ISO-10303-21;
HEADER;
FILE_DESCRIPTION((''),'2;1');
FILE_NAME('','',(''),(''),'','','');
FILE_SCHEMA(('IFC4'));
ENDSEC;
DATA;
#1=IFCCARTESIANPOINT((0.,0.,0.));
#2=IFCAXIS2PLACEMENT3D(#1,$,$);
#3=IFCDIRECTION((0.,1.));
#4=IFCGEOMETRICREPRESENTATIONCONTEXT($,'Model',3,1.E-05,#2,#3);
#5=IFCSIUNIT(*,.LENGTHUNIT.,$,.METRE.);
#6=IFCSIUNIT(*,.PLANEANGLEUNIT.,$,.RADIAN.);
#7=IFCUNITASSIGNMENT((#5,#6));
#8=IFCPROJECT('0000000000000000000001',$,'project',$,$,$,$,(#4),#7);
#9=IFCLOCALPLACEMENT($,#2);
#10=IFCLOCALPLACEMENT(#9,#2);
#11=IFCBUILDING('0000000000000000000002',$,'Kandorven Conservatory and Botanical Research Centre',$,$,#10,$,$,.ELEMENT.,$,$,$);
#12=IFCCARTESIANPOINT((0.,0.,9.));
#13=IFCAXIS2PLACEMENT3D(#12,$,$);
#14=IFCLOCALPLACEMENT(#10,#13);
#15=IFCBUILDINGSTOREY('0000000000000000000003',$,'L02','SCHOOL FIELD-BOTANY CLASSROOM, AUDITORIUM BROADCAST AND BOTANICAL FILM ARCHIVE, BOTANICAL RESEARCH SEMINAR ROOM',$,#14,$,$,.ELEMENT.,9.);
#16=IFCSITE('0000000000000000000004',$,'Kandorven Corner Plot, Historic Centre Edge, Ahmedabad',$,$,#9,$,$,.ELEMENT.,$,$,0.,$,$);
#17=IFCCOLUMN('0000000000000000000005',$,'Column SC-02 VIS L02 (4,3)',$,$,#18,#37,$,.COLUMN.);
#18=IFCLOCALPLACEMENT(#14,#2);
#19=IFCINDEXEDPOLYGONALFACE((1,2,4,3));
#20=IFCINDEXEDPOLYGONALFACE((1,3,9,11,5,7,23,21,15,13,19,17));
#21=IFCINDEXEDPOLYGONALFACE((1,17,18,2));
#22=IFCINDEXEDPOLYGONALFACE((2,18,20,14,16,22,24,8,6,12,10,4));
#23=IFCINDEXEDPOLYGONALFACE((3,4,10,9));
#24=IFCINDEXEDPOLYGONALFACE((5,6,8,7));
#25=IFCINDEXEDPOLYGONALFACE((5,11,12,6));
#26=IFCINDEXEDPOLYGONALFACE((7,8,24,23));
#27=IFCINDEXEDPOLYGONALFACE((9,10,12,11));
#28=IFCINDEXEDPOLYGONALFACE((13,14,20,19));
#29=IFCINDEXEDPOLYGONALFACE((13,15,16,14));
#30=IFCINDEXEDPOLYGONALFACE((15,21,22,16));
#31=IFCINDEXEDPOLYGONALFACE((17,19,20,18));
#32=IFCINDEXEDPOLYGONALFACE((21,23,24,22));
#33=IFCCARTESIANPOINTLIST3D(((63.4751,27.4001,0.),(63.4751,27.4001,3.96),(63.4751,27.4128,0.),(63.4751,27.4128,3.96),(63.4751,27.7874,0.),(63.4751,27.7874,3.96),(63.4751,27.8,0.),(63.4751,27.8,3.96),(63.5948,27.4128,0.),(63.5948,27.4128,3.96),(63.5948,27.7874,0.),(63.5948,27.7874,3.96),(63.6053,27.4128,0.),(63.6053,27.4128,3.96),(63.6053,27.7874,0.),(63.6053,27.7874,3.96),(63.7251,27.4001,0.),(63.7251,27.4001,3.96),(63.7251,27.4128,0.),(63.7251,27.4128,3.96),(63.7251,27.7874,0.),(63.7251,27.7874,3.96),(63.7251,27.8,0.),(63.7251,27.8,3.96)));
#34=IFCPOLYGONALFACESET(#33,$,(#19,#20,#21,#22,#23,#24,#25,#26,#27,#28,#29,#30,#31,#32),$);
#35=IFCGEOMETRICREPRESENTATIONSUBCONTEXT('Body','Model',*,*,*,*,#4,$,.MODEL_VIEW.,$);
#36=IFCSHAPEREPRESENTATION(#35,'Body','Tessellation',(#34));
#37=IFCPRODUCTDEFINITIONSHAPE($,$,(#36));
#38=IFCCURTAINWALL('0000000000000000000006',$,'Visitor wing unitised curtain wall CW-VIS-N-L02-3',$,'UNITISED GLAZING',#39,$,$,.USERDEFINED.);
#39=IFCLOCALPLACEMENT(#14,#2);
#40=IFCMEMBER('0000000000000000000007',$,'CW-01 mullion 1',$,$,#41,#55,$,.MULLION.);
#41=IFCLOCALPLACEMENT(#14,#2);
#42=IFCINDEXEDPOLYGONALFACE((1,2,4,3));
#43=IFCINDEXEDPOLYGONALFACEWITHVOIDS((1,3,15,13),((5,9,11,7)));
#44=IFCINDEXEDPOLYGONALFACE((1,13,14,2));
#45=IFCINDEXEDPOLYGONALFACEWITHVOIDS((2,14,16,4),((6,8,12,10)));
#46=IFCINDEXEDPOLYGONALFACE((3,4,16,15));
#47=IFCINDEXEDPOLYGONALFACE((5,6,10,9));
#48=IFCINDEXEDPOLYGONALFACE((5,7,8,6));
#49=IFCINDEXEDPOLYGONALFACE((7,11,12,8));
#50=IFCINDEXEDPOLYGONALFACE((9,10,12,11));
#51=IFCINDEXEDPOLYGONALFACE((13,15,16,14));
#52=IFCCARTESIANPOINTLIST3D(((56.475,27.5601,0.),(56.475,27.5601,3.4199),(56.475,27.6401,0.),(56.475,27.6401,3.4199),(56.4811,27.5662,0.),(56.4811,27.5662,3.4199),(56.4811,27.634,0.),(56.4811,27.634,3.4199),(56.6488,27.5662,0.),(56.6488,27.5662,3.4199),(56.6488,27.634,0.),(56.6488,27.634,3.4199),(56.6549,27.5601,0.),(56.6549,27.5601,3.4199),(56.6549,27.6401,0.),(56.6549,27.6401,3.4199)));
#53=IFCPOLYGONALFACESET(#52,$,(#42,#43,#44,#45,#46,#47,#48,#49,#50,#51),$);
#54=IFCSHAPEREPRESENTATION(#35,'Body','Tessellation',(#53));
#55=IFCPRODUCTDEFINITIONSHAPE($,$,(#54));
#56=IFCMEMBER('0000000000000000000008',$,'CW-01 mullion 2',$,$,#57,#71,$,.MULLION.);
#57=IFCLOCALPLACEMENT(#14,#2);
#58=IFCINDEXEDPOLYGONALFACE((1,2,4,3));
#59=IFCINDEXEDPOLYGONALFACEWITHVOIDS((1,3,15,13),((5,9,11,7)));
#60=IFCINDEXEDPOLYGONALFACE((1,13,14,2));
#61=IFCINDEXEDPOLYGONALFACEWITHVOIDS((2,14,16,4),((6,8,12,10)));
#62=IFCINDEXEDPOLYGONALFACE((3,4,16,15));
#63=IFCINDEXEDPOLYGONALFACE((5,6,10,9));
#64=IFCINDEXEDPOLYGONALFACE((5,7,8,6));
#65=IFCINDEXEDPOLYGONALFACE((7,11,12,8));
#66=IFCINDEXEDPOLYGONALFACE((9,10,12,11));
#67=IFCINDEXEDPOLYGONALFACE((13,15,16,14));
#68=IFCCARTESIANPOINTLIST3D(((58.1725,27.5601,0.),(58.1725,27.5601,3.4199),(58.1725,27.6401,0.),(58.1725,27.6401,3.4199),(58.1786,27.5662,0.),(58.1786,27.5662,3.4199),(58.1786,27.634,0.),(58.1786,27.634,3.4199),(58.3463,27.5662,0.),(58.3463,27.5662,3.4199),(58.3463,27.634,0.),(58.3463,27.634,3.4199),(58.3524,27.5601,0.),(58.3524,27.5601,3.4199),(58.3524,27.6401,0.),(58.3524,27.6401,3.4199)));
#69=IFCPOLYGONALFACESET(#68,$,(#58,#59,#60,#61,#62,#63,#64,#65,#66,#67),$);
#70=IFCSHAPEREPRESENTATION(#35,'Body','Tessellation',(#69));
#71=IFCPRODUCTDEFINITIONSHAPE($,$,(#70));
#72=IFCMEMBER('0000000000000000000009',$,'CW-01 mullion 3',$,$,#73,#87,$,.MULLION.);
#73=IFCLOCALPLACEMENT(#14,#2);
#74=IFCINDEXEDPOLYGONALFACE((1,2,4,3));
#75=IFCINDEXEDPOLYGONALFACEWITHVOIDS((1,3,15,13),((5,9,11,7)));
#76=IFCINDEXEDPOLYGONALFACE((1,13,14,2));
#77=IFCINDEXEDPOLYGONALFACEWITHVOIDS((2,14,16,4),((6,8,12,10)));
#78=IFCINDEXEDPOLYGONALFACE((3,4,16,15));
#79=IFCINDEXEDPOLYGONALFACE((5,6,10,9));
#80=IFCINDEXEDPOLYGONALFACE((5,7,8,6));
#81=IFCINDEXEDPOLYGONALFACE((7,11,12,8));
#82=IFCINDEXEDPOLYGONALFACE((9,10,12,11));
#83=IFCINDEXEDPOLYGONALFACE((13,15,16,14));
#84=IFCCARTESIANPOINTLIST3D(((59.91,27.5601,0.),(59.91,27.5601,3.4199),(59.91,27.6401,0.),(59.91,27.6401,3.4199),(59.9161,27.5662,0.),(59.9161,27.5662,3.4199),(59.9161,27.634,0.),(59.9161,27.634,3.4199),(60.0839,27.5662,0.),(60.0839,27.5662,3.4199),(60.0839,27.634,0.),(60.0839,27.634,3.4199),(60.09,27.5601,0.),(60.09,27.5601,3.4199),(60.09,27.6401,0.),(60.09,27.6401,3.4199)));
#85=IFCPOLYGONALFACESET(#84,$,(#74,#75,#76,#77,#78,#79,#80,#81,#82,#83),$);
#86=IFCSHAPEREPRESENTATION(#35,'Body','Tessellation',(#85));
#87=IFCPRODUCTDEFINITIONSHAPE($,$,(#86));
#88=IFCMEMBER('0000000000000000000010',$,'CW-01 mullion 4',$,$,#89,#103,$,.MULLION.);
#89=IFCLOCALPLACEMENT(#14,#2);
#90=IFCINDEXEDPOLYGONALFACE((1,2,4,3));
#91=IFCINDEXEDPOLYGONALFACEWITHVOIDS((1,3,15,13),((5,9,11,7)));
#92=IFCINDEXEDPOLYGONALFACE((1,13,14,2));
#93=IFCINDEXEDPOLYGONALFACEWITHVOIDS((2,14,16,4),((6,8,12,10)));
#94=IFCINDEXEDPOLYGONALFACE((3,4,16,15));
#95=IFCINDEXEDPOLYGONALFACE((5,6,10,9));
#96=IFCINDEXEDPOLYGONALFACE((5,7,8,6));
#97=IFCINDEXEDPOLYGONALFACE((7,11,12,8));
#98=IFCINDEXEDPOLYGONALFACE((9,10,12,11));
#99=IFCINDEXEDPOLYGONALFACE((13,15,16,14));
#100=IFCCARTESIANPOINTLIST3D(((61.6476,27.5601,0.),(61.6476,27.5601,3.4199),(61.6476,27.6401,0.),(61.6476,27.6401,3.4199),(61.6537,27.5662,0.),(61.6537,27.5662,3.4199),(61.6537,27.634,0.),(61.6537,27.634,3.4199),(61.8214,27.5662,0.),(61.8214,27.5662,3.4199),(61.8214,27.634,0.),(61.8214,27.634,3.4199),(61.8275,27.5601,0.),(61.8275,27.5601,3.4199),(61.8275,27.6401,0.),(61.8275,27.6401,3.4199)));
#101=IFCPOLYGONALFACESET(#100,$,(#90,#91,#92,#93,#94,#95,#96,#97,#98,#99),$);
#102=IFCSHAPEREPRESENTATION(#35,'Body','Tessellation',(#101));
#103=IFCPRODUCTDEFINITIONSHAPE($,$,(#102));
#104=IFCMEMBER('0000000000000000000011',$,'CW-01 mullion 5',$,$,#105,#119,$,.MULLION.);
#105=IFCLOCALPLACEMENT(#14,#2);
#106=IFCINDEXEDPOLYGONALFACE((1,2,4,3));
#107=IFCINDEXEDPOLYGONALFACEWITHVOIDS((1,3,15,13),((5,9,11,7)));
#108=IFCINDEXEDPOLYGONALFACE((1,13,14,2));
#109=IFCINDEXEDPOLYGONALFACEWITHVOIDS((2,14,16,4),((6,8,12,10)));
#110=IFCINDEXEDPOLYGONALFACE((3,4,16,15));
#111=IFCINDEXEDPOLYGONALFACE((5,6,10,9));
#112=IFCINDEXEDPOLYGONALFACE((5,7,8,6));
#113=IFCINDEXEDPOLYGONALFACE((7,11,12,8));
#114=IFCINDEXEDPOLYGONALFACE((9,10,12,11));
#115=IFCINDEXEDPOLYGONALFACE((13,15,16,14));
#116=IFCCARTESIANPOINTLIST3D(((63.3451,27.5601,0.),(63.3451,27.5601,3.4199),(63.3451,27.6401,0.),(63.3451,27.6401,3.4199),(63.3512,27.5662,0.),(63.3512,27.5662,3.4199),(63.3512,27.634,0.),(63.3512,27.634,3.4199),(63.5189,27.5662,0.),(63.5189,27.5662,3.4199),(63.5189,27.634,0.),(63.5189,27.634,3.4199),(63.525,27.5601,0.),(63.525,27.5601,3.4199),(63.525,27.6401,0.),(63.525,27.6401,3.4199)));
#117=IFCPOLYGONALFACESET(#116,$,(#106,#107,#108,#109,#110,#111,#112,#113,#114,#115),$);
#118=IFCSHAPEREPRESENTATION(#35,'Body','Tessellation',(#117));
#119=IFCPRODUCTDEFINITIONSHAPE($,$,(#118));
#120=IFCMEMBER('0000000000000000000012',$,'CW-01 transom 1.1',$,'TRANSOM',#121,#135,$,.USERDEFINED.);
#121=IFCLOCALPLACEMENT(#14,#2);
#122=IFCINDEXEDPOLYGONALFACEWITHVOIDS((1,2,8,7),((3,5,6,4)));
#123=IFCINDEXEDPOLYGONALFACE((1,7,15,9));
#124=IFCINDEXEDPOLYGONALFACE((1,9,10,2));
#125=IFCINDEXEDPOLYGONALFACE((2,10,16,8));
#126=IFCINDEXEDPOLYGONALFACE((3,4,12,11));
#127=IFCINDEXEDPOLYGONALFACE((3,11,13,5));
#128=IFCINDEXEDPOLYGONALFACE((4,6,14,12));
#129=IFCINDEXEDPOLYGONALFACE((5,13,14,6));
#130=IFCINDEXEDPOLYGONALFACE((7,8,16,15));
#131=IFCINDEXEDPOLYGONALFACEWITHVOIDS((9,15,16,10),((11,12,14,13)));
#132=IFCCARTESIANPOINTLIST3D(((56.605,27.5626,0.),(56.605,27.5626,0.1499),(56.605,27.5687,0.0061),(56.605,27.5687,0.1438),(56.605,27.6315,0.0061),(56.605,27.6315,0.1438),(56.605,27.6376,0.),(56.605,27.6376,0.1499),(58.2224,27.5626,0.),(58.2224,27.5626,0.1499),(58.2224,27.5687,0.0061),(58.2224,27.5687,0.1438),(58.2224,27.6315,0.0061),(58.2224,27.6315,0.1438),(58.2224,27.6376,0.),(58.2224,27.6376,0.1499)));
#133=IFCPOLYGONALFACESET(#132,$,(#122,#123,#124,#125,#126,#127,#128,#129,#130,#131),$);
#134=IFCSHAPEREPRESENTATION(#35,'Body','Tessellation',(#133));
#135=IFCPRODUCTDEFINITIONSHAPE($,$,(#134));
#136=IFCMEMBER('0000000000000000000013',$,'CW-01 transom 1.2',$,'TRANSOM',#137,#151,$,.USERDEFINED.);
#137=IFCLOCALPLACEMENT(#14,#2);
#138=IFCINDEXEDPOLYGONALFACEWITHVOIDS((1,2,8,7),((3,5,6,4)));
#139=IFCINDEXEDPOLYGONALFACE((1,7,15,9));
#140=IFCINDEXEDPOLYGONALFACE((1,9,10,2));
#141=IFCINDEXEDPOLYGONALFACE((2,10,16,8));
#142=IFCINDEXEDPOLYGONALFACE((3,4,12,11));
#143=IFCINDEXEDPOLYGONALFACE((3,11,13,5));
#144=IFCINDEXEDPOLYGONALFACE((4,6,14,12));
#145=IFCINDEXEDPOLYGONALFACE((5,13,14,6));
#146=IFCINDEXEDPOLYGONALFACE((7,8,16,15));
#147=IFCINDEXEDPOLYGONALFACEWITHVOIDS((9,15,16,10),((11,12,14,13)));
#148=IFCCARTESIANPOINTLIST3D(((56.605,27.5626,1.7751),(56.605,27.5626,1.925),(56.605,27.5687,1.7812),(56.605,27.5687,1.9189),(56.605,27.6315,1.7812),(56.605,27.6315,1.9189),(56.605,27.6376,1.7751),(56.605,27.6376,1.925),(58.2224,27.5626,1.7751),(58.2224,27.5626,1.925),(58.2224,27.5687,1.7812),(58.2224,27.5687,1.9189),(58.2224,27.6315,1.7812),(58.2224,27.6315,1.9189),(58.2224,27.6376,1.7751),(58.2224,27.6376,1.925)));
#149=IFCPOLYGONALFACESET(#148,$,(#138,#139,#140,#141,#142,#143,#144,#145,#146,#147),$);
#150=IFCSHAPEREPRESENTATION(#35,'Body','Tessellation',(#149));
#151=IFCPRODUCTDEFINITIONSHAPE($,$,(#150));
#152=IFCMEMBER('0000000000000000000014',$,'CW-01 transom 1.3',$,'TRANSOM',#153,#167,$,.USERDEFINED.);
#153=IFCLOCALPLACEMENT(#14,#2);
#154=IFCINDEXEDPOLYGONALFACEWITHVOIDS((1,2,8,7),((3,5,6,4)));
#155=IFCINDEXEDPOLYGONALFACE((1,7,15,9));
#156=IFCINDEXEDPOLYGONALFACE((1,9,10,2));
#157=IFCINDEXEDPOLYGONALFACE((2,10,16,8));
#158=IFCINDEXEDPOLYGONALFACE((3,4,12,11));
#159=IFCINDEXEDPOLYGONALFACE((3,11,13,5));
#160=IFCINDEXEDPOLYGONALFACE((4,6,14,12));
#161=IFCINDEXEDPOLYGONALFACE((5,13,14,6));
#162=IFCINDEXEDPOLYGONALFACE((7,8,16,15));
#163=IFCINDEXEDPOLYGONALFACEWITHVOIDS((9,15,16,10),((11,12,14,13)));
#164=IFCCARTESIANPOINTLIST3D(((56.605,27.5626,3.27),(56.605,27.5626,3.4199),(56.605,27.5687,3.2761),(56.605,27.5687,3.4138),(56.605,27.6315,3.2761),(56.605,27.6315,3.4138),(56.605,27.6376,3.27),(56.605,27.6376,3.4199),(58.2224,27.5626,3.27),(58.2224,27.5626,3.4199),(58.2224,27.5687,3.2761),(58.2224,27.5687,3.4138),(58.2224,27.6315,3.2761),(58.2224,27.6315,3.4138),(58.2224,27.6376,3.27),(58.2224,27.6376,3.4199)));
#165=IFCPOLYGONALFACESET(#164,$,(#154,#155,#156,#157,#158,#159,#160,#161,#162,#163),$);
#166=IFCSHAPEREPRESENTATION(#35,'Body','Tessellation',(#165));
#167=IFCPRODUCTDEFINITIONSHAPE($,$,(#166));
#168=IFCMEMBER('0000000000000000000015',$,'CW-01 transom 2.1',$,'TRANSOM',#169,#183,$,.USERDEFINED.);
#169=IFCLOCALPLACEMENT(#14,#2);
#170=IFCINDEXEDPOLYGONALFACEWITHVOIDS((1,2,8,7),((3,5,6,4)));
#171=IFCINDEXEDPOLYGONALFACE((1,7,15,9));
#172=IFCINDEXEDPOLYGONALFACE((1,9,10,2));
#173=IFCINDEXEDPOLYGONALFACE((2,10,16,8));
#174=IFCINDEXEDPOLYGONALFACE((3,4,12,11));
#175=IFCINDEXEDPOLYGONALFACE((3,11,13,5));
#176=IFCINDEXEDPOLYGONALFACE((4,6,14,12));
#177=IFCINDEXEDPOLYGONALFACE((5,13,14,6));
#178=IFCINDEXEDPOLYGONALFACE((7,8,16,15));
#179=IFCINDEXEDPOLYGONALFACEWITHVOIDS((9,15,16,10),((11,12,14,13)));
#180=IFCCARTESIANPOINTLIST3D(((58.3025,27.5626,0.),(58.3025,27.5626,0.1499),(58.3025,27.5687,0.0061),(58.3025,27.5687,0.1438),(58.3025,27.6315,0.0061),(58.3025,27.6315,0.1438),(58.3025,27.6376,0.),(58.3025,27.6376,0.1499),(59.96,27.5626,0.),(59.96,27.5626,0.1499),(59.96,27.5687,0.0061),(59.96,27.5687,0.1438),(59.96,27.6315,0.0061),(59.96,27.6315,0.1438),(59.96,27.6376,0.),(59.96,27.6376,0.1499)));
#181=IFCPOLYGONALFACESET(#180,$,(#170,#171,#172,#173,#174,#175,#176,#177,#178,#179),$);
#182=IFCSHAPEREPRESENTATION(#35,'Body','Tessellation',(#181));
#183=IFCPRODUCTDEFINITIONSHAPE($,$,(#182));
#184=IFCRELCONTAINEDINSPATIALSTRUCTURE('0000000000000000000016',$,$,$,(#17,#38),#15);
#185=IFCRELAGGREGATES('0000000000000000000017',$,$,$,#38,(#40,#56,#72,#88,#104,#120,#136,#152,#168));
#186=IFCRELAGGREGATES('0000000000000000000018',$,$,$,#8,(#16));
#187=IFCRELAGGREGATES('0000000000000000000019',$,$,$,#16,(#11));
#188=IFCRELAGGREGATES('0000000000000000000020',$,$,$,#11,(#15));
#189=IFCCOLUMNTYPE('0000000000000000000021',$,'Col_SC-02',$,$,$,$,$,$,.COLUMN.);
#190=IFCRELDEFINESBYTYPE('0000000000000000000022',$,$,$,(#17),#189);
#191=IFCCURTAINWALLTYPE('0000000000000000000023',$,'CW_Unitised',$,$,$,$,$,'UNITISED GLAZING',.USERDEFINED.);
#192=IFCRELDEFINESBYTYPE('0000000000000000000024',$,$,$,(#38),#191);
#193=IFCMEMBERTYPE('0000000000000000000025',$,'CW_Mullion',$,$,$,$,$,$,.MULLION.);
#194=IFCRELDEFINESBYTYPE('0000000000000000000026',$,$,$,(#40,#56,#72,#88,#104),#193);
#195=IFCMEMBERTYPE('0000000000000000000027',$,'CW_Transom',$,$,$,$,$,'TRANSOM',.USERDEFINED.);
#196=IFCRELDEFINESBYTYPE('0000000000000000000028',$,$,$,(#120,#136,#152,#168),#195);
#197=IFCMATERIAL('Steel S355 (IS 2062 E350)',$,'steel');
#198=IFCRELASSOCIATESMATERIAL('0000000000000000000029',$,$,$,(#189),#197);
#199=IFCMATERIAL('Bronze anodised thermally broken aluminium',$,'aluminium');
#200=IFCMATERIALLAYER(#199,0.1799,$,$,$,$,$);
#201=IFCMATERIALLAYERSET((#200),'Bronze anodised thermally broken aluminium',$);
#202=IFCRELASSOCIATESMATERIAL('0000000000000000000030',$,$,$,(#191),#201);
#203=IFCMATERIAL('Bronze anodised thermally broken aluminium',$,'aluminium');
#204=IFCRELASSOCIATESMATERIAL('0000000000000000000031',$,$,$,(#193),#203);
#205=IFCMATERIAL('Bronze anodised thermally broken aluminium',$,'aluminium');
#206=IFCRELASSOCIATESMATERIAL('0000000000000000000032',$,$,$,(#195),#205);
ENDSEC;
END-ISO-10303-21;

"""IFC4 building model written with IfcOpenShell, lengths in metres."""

from ifc_helpers import new_model, si_unit, direction, frame, origin, origin_2d, place, context, subcontext, project, spatial, hollow_rectangle, i_section, extrude, material, layer, layer_set, material_profile, profile_set, type_object, element, aggregate, save


model = new_model("IFC4")

# Units and contexts
model_context = context("Model", 3, precision=1e-05, world=origin(), true_north=direction((0.0, 1.0)))
body_context = subcontext(model_context, "Body", "Model", "MODEL_VIEW")
ifc_project = project(units=[si_unit("LENGTHUNIT", "METRE"), si_unit("PLANEANGLEUNIT", "RADIAN")], contexts=[model_context])

# Site, building, storey
site_placement = place(None, origin())
site = spatial("IfcSite", under=ifc_project, at=site_placement, Name="Kandorven Corner Plot, Historic Centre Edge, Ahmedabad", CompositionType="ELEMENT", RefElevation=0.0)
building_placement = place(site_placement, origin())
building = spatial("IfcBuilding", under=site, at=building_placement, Name="Kandorven Conservatory and Botanical Research Centre", CompositionType="ELEMENT")
storey_placement = place(building_placement, frame((0.0, 0.0, 9.0)))
storey = spatial("IfcBuildingStorey", under=building, at=storey_placement, Name="L02", Description="SCHOOL FIELD-BOTANY CLASSROOM, AUDITORIUM BROADCAST AND BOTANICAL FILM ARCHIVE, BOTANICAL RESEARCH SEMINAR ROOM", CompositionType="ELEMENT", Elevation=9.0)

# Column
ifc_material_1 = material(Name="Steel S355 (IS 2062 E350)", Category="steel")
ifc_material_profile_1 = material_profile(ifc_material_1, i_section(OverallWidth=0.25, OverallDepth=0.3999, WebThickness=0.0105, FlangeThickness=0.0127, at=origin_2d()))
ifc_profile_set_1 = profile_set([ifc_material_profile_1], Name="Steel S355 (IS 2062 E350)")
column_type = type_object("IfcColumnType", Name="Col_SC-02", PredefinedType="COLUMN", material=ifc_profile_set_1)
column_placement = place(storey_placement, frame((63.6001, 27.6001, 0.0), z_axis=(0.0, 0.0, 1.0), x_axis=(1.0, 0.0, 0.0)))
element("IfcColumn", 1, at=column_placement, inside=storey, type_object=column_type, Name="Column SC-02 VIS L02 (4,3)", PredefinedType="COLUMN", context=body_context, shape_type="SweptSolid", body=[
    extrude(i_section(OverallWidth=0.25, OverallDepth=0.3999, WebThickness=0.0105, FlangeThickness=0.0127, at=origin_2d()), origin(), (0.0, 0.0, 1.0), 3.96),
])

# Curtain wall, members
ifc_material_2 = material(Name="Bronze anodised thermally broken aluminium", Category="aluminium")
ifc_layer_1 = layer(ifc_material_2, 0.1799)
ifc_layer_set_1 = layer_set([ifc_layer_1], Name="Bronze anodised thermally broken aluminium")
curtain_wall_type = type_object("IfcCurtainWallType", Name="CW_Unitised", ElementType="UNITISED GLAZING", PredefinedType="USERDEFINED", material=ifc_layer_set_1)
curtain_wall_placement = place(storey_placement, origin())
curtain_wall = element("IfcCurtainWall", 2, at=curtain_wall_placement, inside=storey, type_object=curtain_wall_type, Name="Visitor wing unitised curtain wall CW-VIS-N-L02-3", ObjectType="UNITISED GLAZING", PredefinedType="USERDEFINED")
ifc_material_3 = material(Name="Bronze anodised thermally broken aluminium", Category="aluminium")
ifc_material_profile_2 = material_profile(ifc_material_3, hollow_rectangle(XDim=0.0801, YDim=0.1799, WallThickness=0.0061, at=origin_2d()))
ifc_profile_set_2 = profile_set([ifc_material_profile_2], Name="Bronze anodised thermally broken aluminium")
member_type_1 = type_object("IfcMemberType", Name="CW_Mullion", PredefinedType="MULLION", material=ifc_profile_set_2)
member_1_placement = place(storey_placement, frame((56.5649, 27.6001, 0.0), z_axis=(0.0, 0.0, 1.0), x_axis=(0.0, 1.0, 0.0)))
member_1 = element("IfcMember", 3, at=member_1_placement, type_object=member_type_1, Name="CW-01 mullion 1", PredefinedType="MULLION", context=body_context, shape_type="SweptSolid", body=[
    extrude(hollow_rectangle(XDim=0.0801, YDim=0.1799, WallThickness=0.0061, at=origin_2d()), origin(), (0.0, 0.0, 1.0), 3.4199),
])
member_2_placement = place(storey_placement, frame((58.2625, 27.6001, 0.0), z_axis=(0.0, 0.0, 1.0), x_axis=(0.0, 1.0, 0.0)))
member_2 = element("IfcMember", 4, at=member_2_placement, type_object=member_type_1, Name="CW-01 mullion 2", PredefinedType="MULLION", context=body_context, shape_type="SweptSolid", body=[
    extrude(hollow_rectangle(XDim=0.0801, YDim=0.1799, WallThickness=0.0061, at=origin_2d()), origin(), (0.0, 0.0, 1.0), 3.4199),
])
member_3_placement = place(storey_placement, frame((60.0, 27.6001, 0.0), z_axis=(0.0, 0.0, 1.0), x_axis=(0.0, 1.0, 0.0)))
member_3 = element("IfcMember", 5, at=member_3_placement, type_object=member_type_1, Name="CW-01 mullion 3", PredefinedType="MULLION", context=body_context, shape_type="SweptSolid", body=[
    extrude(hollow_rectangle(XDim=0.0801, YDim=0.1799, WallThickness=0.0061, at=origin_2d()), origin(), (0.0, 0.0, 1.0), 3.4199),
])
member_4_placement = place(storey_placement, frame((61.7375, 27.6001, 0.0), z_axis=(0.0, 0.0, 1.0), x_axis=(0.0, 1.0, 0.0)))
member_4 = element("IfcMember", 6, at=member_4_placement, type_object=member_type_1, Name="CW-01 mullion 4", PredefinedType="MULLION", context=body_context, shape_type="SweptSolid", body=[
    extrude(hollow_rectangle(XDim=0.0801, YDim=0.1799, WallThickness=0.0061, at=origin_2d()), origin(), (0.0, 0.0, 1.0), 3.4199),
])
member_5_placement = place(storey_placement, frame((63.4351, 27.6001, 0.0), z_axis=(0.0, 0.0, 1.0), x_axis=(0.0, 1.0, 0.0)))
member_5 = element("IfcMember", 7, at=member_5_placement, type_object=member_type_1, Name="CW-01 mullion 5", PredefinedType="MULLION", context=body_context, shape_type="SweptSolid", body=[
    extrude(hollow_rectangle(XDim=0.0801, YDim=0.1799, WallThickness=0.0061, at=origin_2d()), origin(), (0.0, 0.0, 1.0), 3.4199),
])
ifc_material_4 = material(Name="Bronze anodised thermally broken aluminium", Category="aluminium")
ifc_material_profile_3 = material_profile(ifc_material_4, hollow_rectangle(XDim=0.075, YDim=0.1499, WallThickness=0.0061, at=origin_2d()))
ifc_profile_set_3 = profile_set([ifc_material_profile_3], Name="Bronze anodised thermally broken aluminium")
member_type_2 = type_object("IfcMemberType", Name="CW_Transom", ElementType="TRANSOM", PredefinedType="USERDEFINED", material=ifc_profile_set_3)
member_6_placement = place(storey_placement, frame((56.605, 27.6001, 0.075), z_axis=(1.0, 0.0, 0.0), x_axis=(0.0, 1.0, 0.0)))
member_6 = element("IfcMember", 8, at=member_6_placement, type_object=member_type_2, Name="CW-01 transom 1.1", ObjectType="TRANSOM", PredefinedType="USERDEFINED", context=body_context, shape_type="SweptSolid", body=[
    extrude(hollow_rectangle(XDim=0.075, YDim=0.1499, WallThickness=0.0061, at=origin_2d()), origin(), (0.0, 0.0, 1.0), 1.6174),
])
member_7_placement = place(storey_placement, frame((56.605, 27.6001, 1.8501), z_axis=(1.0, 0.0, 0.0), x_axis=(0.0, 1.0, 0.0)))
member_7 = element("IfcMember", 9, at=member_7_placement, type_object=member_type_2, Name="CW-01 transom 1.2", ObjectType="TRANSOM", PredefinedType="USERDEFINED", context=body_context, shape_type="SweptSolid", body=[
    extrude(hollow_rectangle(XDim=0.075, YDim=0.1499, WallThickness=0.0061, at=origin_2d()), origin(), (0.0, 0.0, 1.0), 1.6174),
])
member_8_placement = place(storey_placement, frame((56.605, 27.6001, 3.345), z_axis=(1.0, 0.0, 0.0), x_axis=(0.0, 1.0, 0.0)))
member_8 = element("IfcMember", 10, at=member_8_placement, type_object=member_type_2, Name="CW-01 transom 1.3", ObjectType="TRANSOM", PredefinedType="USERDEFINED", context=body_context, shape_type="SweptSolid", body=[
    extrude(hollow_rectangle(XDim=0.075, YDim=0.1499, WallThickness=0.0061, at=origin_2d()), origin(), (0.0, 0.0, 1.0), 1.6174),
])
member_9_placement = place(storey_placement, frame((58.3025, 27.6001, 0.075), z_axis=(1.0, 0.0, 0.0), x_axis=(0.0, 1.0, 0.0)))
member_9 = element("IfcMember", 11, at=member_9_placement, type_object=member_type_2, Name="CW-01 transom 2.1", ObjectType="TRANSOM", PredefinedType="USERDEFINED", context=body_context, shape_type="SweptSolid", body=[
    extrude(hollow_rectangle(XDim=0.075, YDim=0.1499, WallThickness=0.0061, at=origin_2d()), origin(), (0.0, 0.0, 1.0), 1.6575),
])
aggregate(curtain_wall, [member_1, member_2, member_3, member_4, member_5, member_6, member_7, member_8, member_9])

save(model, "model.ifc")
